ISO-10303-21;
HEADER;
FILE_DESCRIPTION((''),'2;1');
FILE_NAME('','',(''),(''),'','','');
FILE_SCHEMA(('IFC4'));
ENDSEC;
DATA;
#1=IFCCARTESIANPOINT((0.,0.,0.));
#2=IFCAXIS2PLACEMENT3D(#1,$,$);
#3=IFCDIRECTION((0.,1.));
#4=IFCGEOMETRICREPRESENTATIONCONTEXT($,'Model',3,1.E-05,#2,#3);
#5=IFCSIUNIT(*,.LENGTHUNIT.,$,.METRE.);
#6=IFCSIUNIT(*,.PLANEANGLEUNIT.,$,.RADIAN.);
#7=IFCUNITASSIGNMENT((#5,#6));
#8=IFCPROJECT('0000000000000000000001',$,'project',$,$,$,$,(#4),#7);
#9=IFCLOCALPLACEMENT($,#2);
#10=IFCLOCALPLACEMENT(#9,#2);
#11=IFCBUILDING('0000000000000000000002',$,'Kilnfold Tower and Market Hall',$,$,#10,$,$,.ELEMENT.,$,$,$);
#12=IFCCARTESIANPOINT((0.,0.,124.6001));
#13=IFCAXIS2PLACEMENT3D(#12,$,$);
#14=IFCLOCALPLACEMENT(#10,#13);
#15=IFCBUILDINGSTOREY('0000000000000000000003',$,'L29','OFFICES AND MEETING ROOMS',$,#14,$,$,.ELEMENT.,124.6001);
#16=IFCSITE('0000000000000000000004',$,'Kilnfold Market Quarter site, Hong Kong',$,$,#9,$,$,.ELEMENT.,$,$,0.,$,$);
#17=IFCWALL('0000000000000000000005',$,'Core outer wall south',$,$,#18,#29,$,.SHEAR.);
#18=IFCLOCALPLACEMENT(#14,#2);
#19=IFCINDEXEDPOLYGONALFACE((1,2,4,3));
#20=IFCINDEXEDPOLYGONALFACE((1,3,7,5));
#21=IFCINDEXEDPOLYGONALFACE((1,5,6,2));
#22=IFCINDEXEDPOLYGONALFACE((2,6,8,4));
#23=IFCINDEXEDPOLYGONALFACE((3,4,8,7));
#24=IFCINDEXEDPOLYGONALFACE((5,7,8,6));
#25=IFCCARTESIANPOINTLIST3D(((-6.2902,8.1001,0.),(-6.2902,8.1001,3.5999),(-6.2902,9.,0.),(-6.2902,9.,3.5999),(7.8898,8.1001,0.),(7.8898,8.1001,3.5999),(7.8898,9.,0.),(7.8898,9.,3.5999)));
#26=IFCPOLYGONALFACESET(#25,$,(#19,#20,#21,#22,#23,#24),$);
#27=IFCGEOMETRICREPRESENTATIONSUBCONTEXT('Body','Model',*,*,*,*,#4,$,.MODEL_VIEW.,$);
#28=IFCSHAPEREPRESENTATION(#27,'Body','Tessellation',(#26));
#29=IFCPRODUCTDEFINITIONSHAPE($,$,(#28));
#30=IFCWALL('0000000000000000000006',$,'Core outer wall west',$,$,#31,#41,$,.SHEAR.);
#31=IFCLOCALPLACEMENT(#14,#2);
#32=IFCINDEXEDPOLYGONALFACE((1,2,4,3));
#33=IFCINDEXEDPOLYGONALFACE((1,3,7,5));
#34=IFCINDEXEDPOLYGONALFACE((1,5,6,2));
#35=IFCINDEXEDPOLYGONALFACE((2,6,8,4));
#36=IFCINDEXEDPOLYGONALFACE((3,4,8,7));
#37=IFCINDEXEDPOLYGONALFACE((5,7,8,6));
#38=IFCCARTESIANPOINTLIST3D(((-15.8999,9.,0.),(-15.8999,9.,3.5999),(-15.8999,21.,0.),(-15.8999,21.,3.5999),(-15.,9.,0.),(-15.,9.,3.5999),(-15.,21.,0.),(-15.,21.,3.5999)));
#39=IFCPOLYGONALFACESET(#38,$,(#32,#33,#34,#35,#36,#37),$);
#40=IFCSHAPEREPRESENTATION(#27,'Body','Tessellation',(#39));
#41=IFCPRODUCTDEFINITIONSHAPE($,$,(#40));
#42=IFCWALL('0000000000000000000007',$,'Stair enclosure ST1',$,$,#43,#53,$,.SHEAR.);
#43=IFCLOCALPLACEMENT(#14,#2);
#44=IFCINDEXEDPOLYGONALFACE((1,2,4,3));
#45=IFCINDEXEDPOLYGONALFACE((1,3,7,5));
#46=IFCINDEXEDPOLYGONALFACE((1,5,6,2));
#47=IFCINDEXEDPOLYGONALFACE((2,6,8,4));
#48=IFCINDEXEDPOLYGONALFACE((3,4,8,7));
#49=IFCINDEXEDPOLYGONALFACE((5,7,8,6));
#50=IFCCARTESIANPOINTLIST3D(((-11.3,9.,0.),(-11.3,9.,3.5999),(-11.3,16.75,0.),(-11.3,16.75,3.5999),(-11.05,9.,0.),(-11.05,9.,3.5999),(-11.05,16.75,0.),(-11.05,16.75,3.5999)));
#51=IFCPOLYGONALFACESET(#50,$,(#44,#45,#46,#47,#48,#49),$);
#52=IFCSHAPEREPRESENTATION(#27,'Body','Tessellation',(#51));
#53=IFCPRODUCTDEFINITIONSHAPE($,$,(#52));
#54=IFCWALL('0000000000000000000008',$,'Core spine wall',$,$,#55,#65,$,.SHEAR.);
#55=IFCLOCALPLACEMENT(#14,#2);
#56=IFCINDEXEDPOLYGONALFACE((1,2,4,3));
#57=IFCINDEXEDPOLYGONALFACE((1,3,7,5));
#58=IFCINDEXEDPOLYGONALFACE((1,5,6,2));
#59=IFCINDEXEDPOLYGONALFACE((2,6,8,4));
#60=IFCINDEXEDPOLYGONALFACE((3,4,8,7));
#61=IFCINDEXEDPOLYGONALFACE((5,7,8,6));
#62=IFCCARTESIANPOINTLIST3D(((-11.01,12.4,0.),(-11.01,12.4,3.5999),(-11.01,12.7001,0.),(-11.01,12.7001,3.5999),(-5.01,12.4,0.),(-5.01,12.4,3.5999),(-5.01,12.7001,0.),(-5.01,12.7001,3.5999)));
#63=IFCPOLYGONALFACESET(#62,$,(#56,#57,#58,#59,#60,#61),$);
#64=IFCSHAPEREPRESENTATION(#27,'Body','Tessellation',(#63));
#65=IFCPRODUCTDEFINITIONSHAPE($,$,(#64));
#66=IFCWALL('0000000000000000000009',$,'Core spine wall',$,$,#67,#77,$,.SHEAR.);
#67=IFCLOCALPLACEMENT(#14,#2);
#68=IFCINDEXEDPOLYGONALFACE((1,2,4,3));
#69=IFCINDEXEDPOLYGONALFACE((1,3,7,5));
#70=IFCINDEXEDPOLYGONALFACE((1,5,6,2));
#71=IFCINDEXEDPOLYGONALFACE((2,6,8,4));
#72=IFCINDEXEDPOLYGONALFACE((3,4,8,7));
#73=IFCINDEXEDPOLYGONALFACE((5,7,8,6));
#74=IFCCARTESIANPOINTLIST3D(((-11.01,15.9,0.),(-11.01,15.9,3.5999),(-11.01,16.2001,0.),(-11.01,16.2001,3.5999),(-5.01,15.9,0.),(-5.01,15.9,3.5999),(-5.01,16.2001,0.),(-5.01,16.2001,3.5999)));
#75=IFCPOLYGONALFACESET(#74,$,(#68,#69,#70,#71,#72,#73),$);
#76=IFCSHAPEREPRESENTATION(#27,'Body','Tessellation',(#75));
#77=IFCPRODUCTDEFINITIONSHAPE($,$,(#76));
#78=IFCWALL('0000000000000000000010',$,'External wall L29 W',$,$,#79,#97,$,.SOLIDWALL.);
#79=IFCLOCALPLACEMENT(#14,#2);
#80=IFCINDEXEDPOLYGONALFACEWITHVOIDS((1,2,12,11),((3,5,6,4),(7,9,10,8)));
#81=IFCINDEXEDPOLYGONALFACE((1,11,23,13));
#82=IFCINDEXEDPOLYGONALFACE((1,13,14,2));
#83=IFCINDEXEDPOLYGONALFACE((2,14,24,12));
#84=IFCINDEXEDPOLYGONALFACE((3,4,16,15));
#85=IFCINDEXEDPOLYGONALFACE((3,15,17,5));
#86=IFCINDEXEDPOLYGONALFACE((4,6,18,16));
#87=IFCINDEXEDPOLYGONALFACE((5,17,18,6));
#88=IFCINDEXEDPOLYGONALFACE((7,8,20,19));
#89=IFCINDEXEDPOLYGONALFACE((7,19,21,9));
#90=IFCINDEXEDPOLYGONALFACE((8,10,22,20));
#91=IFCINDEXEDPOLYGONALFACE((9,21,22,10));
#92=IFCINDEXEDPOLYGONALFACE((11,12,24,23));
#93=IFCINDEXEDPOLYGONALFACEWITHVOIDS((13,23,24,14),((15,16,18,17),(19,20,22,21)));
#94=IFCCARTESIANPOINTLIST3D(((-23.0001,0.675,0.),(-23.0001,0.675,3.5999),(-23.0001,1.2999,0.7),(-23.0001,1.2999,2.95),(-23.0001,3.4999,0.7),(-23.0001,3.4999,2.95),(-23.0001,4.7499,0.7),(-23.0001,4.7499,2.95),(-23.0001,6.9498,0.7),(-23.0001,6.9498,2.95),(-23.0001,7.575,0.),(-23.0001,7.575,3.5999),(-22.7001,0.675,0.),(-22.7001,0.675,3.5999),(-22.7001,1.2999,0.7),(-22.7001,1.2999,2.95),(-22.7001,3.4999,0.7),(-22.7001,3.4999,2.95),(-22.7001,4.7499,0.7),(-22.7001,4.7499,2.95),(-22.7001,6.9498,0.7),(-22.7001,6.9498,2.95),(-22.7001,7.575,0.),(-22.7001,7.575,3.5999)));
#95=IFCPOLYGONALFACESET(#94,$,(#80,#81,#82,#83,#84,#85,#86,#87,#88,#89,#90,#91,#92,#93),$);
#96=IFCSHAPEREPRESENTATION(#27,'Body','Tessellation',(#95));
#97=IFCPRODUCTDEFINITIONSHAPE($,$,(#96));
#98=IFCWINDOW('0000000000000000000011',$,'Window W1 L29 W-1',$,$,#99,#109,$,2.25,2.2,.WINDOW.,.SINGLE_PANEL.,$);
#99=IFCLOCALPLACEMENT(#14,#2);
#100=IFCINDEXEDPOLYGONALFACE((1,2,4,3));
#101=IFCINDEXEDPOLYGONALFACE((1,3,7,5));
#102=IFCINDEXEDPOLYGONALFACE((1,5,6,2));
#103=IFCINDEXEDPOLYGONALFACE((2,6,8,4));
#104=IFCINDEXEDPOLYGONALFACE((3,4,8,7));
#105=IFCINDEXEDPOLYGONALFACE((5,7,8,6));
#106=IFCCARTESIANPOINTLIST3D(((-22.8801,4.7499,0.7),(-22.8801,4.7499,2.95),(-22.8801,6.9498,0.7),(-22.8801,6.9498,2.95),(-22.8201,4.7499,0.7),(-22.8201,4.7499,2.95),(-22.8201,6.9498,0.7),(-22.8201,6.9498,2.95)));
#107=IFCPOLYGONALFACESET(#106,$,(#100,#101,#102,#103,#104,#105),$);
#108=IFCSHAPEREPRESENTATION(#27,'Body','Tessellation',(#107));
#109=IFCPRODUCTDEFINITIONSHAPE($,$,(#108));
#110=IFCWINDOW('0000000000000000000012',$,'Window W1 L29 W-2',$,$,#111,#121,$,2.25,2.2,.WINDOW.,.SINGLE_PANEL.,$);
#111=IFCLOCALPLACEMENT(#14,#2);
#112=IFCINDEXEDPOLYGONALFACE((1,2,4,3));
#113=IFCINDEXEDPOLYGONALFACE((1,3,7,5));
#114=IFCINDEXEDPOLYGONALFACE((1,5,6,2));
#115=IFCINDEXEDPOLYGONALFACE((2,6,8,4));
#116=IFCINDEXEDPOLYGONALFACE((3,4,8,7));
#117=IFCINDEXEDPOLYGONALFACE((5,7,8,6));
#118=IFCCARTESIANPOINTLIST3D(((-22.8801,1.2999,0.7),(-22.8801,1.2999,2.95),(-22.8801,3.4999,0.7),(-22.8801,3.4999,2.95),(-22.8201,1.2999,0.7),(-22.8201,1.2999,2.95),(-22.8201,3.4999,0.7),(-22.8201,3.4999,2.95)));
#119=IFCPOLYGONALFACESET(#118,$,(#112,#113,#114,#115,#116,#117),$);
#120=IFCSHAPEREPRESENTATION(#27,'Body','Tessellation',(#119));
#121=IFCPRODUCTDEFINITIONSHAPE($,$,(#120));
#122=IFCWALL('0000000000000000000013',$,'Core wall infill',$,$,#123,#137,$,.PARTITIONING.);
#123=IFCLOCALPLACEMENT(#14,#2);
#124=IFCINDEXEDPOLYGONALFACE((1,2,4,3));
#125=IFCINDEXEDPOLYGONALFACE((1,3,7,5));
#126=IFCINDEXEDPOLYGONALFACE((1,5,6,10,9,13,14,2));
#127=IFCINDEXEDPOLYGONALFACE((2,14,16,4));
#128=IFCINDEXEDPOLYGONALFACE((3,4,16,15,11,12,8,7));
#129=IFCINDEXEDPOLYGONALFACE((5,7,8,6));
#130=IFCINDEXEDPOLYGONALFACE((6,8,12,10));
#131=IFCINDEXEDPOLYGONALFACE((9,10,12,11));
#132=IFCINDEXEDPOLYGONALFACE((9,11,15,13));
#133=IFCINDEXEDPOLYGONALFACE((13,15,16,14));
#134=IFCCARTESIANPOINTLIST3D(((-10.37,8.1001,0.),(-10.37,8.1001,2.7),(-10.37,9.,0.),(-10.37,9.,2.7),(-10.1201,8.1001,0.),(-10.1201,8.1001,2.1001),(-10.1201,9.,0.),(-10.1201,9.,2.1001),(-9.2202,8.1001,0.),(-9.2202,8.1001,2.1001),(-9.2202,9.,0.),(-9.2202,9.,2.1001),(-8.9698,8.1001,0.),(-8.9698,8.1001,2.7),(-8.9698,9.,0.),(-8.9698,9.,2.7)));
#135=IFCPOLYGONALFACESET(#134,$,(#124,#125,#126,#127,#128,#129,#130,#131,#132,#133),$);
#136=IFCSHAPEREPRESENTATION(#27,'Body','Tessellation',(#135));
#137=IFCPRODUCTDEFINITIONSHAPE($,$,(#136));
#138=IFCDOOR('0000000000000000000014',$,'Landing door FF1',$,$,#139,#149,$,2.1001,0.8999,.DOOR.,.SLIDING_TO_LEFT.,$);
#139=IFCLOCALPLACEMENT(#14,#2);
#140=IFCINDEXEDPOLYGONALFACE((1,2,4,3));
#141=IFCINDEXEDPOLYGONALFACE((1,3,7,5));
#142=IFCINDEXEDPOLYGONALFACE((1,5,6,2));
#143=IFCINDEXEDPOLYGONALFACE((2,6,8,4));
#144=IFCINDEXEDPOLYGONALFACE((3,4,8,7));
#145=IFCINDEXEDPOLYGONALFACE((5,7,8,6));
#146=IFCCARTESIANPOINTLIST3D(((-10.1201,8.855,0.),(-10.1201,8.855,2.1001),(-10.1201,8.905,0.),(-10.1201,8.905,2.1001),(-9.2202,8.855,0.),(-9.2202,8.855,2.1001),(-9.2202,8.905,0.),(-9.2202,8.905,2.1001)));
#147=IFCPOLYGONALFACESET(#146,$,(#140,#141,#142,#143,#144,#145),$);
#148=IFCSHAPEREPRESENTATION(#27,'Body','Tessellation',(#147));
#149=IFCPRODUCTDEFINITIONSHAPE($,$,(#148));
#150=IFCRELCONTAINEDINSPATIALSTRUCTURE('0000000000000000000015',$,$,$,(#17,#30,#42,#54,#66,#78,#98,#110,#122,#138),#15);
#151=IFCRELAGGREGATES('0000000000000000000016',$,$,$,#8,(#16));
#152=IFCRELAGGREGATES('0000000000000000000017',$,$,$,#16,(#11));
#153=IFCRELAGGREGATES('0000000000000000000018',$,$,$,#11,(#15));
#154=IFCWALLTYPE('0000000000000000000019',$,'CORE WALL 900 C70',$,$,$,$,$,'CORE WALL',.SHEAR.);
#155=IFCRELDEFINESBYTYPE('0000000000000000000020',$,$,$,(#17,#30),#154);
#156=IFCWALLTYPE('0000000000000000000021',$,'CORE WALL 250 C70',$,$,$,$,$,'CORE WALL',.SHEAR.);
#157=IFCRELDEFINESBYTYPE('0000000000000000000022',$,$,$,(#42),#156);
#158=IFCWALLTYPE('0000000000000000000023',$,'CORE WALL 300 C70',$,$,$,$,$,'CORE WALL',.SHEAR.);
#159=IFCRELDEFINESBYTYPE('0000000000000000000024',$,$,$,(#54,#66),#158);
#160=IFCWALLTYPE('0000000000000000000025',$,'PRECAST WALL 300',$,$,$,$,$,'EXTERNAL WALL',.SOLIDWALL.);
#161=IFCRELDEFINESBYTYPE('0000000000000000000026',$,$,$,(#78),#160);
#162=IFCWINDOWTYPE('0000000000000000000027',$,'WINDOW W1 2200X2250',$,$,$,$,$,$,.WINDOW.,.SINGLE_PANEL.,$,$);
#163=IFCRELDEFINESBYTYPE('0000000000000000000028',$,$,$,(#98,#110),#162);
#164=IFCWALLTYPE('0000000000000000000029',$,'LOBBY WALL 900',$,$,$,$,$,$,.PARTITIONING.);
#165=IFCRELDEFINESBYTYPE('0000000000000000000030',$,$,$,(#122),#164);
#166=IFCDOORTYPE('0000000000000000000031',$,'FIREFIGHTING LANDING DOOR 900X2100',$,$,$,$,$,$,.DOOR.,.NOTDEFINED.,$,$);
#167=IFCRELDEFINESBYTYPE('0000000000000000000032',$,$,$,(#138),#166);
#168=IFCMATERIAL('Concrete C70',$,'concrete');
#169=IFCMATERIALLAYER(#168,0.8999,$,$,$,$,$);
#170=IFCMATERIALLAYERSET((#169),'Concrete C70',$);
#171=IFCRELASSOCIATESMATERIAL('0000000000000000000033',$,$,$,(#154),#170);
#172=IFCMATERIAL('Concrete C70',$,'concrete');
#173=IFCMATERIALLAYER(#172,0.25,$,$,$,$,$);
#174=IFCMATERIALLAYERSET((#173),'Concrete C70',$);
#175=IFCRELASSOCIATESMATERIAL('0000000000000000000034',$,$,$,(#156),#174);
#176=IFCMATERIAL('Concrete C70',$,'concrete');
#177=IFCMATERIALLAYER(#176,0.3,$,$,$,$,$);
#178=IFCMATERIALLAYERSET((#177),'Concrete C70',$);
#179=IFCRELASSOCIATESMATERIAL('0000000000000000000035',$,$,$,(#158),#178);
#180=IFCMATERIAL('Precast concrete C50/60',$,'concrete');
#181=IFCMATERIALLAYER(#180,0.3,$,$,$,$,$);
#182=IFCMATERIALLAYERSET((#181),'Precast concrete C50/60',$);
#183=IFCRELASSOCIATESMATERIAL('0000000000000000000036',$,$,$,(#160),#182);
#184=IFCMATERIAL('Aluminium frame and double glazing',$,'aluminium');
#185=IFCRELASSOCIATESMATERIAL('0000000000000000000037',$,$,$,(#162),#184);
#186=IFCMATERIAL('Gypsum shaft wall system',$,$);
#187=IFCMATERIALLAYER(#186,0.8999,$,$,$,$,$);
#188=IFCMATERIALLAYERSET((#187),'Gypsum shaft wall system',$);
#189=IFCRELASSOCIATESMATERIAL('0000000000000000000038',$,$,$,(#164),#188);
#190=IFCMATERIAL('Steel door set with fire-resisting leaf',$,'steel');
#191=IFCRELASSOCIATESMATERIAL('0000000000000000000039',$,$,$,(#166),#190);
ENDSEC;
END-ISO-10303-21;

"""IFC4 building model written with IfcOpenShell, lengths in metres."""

from ifc_helpers import new_model, si_unit, direction, frame, frame_2d, origin, place, context, subcontext, project, spatial, rectangle, extrude, source, transform, mapped, material, layer, layer_set, type_object, element, fill, save


model = new_model("IFC4")

# Units and contexts
model_context = context("Model", 3, precision=1e-05, world=origin(), true_north=direction((0.0, 1.0)))
body_context = subcontext(model_context, "Body", "Model", "MODEL_VIEW")
ifc_project = project(units=[si_unit("LENGTHUNIT", "METRE"), si_unit("PLANEANGLEUNIT", "RADIAN")], contexts=[model_context])

# Site, building, storey
site_placement = place(None, origin())
site = spatial("IfcSite", under=ifc_project, at=site_placement, Name="Kilnfold Market Quarter site, Hong Kong", CompositionType="ELEMENT", RefElevation=0.0)
building_placement = place(site_placement, origin())
building = spatial("IfcBuilding", under=site, at=building_placement, Name="Kilnfold Tower and Market Hall", CompositionType="ELEMENT")
storey_placement = place(building_placement, frame((0.0, 0.0, 124.6001)))
storey = spatial("IfcBuildingStorey", under=building, at=storey_placement, Name="L29", Description="OFFICES AND MEETING ROOMS", CompositionType="ELEMENT", Elevation=124.6001)

# Shared definitions
ifc_material_1 = material(Name="Concrete C70", Category="concrete")
ifc_layer_1 = layer(ifc_material_1, 0.8999)
ifc_layer_set_1 = layer_set([ifc_layer_1], Name="Concrete C70")
wall_type_1 = type_object("IfcWallType", Name="CORE WALL 900 C70", ElementType="CORE WALL", PredefinedType="SHEAR", material=ifc_layer_set_1)

# Walls
shared_shape_1 = source(origin(), body_context, "Body", "SweptSolid", [
    extrude(rectangle(XDim=14.1799, YDim=0.8999, at=frame_2d((7.0898, 0.0))), origin(), (0.0, 0.0, 1.0), 3.5999),
])
wall_1_placement = place(storey_placement, frame((-6.29, 8.55, 0.0), z_axis=(0.0, 0.0, 1.0), x_axis=(1.0, 0.0, 0.0)))
element("IfcWall", 1, at=wall_1_placement, inside=storey, type_object=wall_type_1, Name="Core outer wall south", PredefinedType="SHEAR", context=body_context, shape_type="MappedRepresentation", body=[
    mapped(shared_shape_1, transform((0.0, 0.0, 0.0))),
])
shared_shape_2 = source(origin(), body_context, "Body", "SweptSolid", [
    extrude(rectangle(XDim=12.0, YDim=0.8999, at=frame_2d((6.0, 0.0))), origin(), (0.0, 0.0, 1.0), 3.5999),
])
wall_2_placement = place(storey_placement, frame((-15.45, 9.0, 0.0), z_axis=(0.0, 0.0, 1.0), x_axis=(0.0, 1.0, 0.0)))
element("IfcWall", 2, at=wall_2_placement, inside=storey, type_object=wall_type_1, Name="Core outer wall west", PredefinedType="SHEAR", context=body_context, shape_type="MappedRepresentation", body=[
    mapped(shared_shape_2, transform((0.0, 0.0, 0.0))),
])
ifc_material_2 = material(Name="Concrete C70", Category="concrete")
ifc_layer_2 = layer(ifc_material_2, 0.25)
ifc_layer_set_2 = layer_set([ifc_layer_2], Name="Concrete C70")
wall_type_2 = type_object("IfcWallType", Name="CORE WALL 250 C70", ElementType="CORE WALL", PredefinedType="SHEAR", material=ifc_layer_set_2)
shared_shape_3 = source(origin(), body_context, "Body", "SweptSolid", [
    extrude(rectangle(XDim=7.75, YDim=0.25, at=frame_2d((3.875, 0.0))), origin(), (0.0, 0.0, 1.0), 3.5999),
])
wall_3_placement = place(storey_placement, frame((-11.175, 9.0, 0.0), z_axis=(0.0, 0.0, 1.0), x_axis=(0.0, 1.0, 0.0)))
element("IfcWall", 3, at=wall_3_placement, inside=storey, type_object=wall_type_2, Name="Stair enclosure ST1", PredefinedType="SHEAR", context=body_context, shape_type="MappedRepresentation", body=[
    mapped(shared_shape_3, transform((0.0, 0.0, 0.0))),
])
ifc_material_3 = material(Name="Concrete C70", Category="concrete")
ifc_layer_3 = layer(ifc_material_3, 0.3)
ifc_layer_set_3 = layer_set([ifc_layer_3], Name="Concrete C70")
wall_type_3 = type_object("IfcWallType", Name="CORE WALL 300 C70", ElementType="CORE WALL", PredefinedType="SHEAR", material=ifc_layer_set_3)
shared_shape_4 = source(origin(), body_context, "Body", "SweptSolid", [
    extrude(rectangle(XDim=6.0, YDim=0.3, at=frame_2d((3.0, 0.0))), origin(), (0.0, 0.0, 1.0), 3.5999),
])
for number, where, z_axis, x_axis, name in (
    (4, (-11.01, 12.55, 0.0), (0.0, 0.0, 1.0), (1.0, 0.0, 0.0), "Core spine wall"),
    (5, (-11.01, 16.05, 0.0), (0.0, 0.0, 1.0), (1.0, 0.0, 0.0), "Core spine wall"),
):
    element("IfcWall", number, at=place(storey_placement, frame(where, z_axis=z_axis, x_axis=x_axis)), inside=storey, type_object=wall_type_3, Name=name, PredefinedType="SHEAR", context=body_context, shape_type="MappedRepresentation", body=[
        mapped(shared_shape_4, transform((0.0, 0.0, 0.0))),
    ])

# Wall, openings, windows
ifc_material_4 = material(Name="Precast concrete C50/60", Category="concrete")
ifc_layer_4 = layer(ifc_material_4, 0.3)
ifc_layer_set_4 = layer_set([ifc_layer_4], Name="Precast concrete C50/60")
wall_type_4 = type_object("IfcWallType", Name="PRECAST WALL 300", ElementType="EXTERNAL WALL", PredefinedType="SOLIDWALL", material=ifc_layer_set_4)
shared_shape_5 = source(origin(), body_context, "Body", "SweptSolid", [
    extrude(rectangle(XDim=6.8999, YDim=0.3, at=frame_2d((3.45, 0.0))), origin(), (0.0, 0.0, 1.0), 3.5999),
])
wall_4_placement = place(storey_placement, frame((-22.8501, 7.575, 0.0), z_axis=(0.0, 0.0, 1.0), x_axis=(0.0, -1.0, 0.0)))
wall_4 = element("IfcWall", 6, at=wall_4_placement, inside=storey, type_object=wall_type_4, Name="External wall L29 W", PredefinedType="SOLIDWALL", context=body_context, shape_type="MappedRepresentation", body=[
    mapped(shared_shape_5, transform((0.0, 0.0, 0.0))),
])
opening_1_placement = place(wall_4_placement, frame((0.625, 0.0, 0.7)))
opening_1 = element("IfcOpeningElement", 7, at=opening_1_placement, cuts=wall_4, PredefinedType="OPENING", context=body_context, shape_type="SweptSolid", body=[
    extrude(rectangle(XDim=2.2, YDim=2.25, at=frame_2d((1.1001, 1.125))), frame((0.0, 0.1602, 0.0), z_axis=(0.0, -1.0, 0.0), x_axis=(1.0, 0.0, 0.0)), (0.0, 0.0, 1.0), 0.3201),
])
opening_2_placement = place(wall_4_placement, frame((4.075, 0.0, 0.7)))
opening_2 = element("IfcOpeningElement", 8, at=opening_2_placement, cuts=wall_4, PredefinedType="OPENING", context=body_context, shape_type="SweptSolid", body=[
    extrude(rectangle(XDim=2.2, YDim=2.25, at=frame_2d((1.1001, 1.125))), frame((0.0, 0.1602, 0.0), z_axis=(0.0, -1.0, 0.0), x_axis=(1.0, 0.0, 0.0)), (0.0, 0.0, 1.0), 0.3201),
])
ifc_material_5 = material(Name="Aluminium frame and double glazing", Category="aluminium")
window_type = type_object("IfcWindowType", Name="WINDOW W1 2200X2250", PartitioningType="SINGLE_PANEL", PredefinedType="WINDOW", material=ifc_material_5)
window_1_placement = place(opening_1_placement, origin())
window_1 = element("IfcWindow", 9, at=window_1_placement, inside=storey, type_object=window_type, Name="Window W1 L29 W-1", OverallHeight=2.25, OverallWidth=2.2, PartitioningType="SINGLE_PANEL", PredefinedType="WINDOW", context=body_context, shape_type="SweptSolid", body=[
    extrude(rectangle(XDim=2.2, YDim=2.25, at=frame_2d((1.1001, 1.125))), frame((0.0, 0.03, 0.0), z_axis=(0.0, -1.0, 0.0), x_axis=(1.0, 0.0, 0.0)), (0.0, 0.0, 1.0), 0.0601),
])
fill(opening_1, window_1)
window_2_placement = place(opening_2_placement, origin())
window_2 = element("IfcWindow", 10, at=window_2_placement, inside=storey, type_object=window_type, Name="Window W1 L29 W-2", OverallHeight=2.25, OverallWidth=2.2, PartitioningType="SINGLE_PANEL", PredefinedType="WINDOW", context=body_context, shape_type="SweptSolid", body=[
    extrude(rectangle(XDim=2.2, YDim=2.25, at=frame_2d((1.1001, 1.125))), frame((0.0, 0.03, 0.0), z_axis=(0.0, -1.0, 0.0), x_axis=(1.0, 0.0, 0.0)), (0.0, 0.0, 1.0), 0.0601),
])
fill(opening_2, window_2)

# Wall, opening, door
ifc_material_6 = material(Name="Gypsum shaft wall system")
ifc_layer_5 = layer(ifc_material_6, 0.8999)
ifc_layer_set_5 = layer_set([ifc_layer_5], Name="Gypsum shaft wall system")
wall_type_5 = type_object("IfcWallType", Name="LOBBY WALL 900", PredefinedType="PARTITIONING", material=ifc_layer_set_5)
shared_shape_6 = source(origin(), body_context, "Body", "SweptSolid", [
    extrude(rectangle(XDim=1.4001, YDim=0.8999, at=frame_2d((0.7002, 0.0))), origin(), (0.0, 0.0, 1.0), 2.7),
])
wall_5_placement = place(storey_placement, frame((-10.3701, 8.55, 0.0), z_axis=(0.0, 0.0, 1.0), x_axis=(1.0, 0.0, 0.0)))
wall_5 = element("IfcWall", 11, at=wall_5_placement, inside=storey, type_object=wall_type_5, Name="Core wall infill", PredefinedType="PARTITIONING", context=body_context, shape_type="MappedRepresentation", body=[
    mapped(shared_shape_6, transform((0.0, 0.0, 0.0))),
])
opening_3_placement = place(wall_5_placement, frame((0.25, 0.0, 0.0)))
opening_3 = element("IfcOpeningElement", 12, at=opening_3_placement, cuts=wall_5, PredefinedType="OPENING", context=body_context, shape_type="SweptSolid", body=[
    extrude(rectangle(XDim=0.8999, YDim=2.1001, at=frame_2d((0.45, 1.05))), frame((0.0, 0.46, 0.0), z_axis=(0.0, -1.0, 0.0), x_axis=(1.0, 0.0, 0.0)), (0.0, 0.0, 1.0), 0.9199),
])
ifc_material_7 = material(Name="Steel door set with fire-resisting leaf", Category="steel")
door_type_1 = type_object("IfcDoorType", Name="FIREFIGHTING LANDING DOOR 900X2100", OperationType="NOTDEFINED", PredefinedType="DOOR", material=ifc_material_7)
door_1_placement = place(opening_3_placement, origin())
door_1 = element("IfcDoor", 13, at=door_1_placement, inside=storey, type_object=door_type_1, Name="Landing door FF1", OperationType="SLIDING_TO_LEFT", OverallHeight=2.1001, OverallWidth=0.8999, PredefinedType="DOOR", context=body_context, shape_type="SweptSolid", body=[
    extrude(rectangle(XDim=0.8999, YDim=2.1001, at=frame_2d((0.45, 1.05))), frame((0.0, 0.355, 0.0), z_axis=(0.0, -1.0, 0.0), x_axis=(1.0, 0.0, 0.0)), (0.0, 0.0, 1.0), 0.05),
])
fill(opening_3, door_1)

save(model, "model.ifc")
